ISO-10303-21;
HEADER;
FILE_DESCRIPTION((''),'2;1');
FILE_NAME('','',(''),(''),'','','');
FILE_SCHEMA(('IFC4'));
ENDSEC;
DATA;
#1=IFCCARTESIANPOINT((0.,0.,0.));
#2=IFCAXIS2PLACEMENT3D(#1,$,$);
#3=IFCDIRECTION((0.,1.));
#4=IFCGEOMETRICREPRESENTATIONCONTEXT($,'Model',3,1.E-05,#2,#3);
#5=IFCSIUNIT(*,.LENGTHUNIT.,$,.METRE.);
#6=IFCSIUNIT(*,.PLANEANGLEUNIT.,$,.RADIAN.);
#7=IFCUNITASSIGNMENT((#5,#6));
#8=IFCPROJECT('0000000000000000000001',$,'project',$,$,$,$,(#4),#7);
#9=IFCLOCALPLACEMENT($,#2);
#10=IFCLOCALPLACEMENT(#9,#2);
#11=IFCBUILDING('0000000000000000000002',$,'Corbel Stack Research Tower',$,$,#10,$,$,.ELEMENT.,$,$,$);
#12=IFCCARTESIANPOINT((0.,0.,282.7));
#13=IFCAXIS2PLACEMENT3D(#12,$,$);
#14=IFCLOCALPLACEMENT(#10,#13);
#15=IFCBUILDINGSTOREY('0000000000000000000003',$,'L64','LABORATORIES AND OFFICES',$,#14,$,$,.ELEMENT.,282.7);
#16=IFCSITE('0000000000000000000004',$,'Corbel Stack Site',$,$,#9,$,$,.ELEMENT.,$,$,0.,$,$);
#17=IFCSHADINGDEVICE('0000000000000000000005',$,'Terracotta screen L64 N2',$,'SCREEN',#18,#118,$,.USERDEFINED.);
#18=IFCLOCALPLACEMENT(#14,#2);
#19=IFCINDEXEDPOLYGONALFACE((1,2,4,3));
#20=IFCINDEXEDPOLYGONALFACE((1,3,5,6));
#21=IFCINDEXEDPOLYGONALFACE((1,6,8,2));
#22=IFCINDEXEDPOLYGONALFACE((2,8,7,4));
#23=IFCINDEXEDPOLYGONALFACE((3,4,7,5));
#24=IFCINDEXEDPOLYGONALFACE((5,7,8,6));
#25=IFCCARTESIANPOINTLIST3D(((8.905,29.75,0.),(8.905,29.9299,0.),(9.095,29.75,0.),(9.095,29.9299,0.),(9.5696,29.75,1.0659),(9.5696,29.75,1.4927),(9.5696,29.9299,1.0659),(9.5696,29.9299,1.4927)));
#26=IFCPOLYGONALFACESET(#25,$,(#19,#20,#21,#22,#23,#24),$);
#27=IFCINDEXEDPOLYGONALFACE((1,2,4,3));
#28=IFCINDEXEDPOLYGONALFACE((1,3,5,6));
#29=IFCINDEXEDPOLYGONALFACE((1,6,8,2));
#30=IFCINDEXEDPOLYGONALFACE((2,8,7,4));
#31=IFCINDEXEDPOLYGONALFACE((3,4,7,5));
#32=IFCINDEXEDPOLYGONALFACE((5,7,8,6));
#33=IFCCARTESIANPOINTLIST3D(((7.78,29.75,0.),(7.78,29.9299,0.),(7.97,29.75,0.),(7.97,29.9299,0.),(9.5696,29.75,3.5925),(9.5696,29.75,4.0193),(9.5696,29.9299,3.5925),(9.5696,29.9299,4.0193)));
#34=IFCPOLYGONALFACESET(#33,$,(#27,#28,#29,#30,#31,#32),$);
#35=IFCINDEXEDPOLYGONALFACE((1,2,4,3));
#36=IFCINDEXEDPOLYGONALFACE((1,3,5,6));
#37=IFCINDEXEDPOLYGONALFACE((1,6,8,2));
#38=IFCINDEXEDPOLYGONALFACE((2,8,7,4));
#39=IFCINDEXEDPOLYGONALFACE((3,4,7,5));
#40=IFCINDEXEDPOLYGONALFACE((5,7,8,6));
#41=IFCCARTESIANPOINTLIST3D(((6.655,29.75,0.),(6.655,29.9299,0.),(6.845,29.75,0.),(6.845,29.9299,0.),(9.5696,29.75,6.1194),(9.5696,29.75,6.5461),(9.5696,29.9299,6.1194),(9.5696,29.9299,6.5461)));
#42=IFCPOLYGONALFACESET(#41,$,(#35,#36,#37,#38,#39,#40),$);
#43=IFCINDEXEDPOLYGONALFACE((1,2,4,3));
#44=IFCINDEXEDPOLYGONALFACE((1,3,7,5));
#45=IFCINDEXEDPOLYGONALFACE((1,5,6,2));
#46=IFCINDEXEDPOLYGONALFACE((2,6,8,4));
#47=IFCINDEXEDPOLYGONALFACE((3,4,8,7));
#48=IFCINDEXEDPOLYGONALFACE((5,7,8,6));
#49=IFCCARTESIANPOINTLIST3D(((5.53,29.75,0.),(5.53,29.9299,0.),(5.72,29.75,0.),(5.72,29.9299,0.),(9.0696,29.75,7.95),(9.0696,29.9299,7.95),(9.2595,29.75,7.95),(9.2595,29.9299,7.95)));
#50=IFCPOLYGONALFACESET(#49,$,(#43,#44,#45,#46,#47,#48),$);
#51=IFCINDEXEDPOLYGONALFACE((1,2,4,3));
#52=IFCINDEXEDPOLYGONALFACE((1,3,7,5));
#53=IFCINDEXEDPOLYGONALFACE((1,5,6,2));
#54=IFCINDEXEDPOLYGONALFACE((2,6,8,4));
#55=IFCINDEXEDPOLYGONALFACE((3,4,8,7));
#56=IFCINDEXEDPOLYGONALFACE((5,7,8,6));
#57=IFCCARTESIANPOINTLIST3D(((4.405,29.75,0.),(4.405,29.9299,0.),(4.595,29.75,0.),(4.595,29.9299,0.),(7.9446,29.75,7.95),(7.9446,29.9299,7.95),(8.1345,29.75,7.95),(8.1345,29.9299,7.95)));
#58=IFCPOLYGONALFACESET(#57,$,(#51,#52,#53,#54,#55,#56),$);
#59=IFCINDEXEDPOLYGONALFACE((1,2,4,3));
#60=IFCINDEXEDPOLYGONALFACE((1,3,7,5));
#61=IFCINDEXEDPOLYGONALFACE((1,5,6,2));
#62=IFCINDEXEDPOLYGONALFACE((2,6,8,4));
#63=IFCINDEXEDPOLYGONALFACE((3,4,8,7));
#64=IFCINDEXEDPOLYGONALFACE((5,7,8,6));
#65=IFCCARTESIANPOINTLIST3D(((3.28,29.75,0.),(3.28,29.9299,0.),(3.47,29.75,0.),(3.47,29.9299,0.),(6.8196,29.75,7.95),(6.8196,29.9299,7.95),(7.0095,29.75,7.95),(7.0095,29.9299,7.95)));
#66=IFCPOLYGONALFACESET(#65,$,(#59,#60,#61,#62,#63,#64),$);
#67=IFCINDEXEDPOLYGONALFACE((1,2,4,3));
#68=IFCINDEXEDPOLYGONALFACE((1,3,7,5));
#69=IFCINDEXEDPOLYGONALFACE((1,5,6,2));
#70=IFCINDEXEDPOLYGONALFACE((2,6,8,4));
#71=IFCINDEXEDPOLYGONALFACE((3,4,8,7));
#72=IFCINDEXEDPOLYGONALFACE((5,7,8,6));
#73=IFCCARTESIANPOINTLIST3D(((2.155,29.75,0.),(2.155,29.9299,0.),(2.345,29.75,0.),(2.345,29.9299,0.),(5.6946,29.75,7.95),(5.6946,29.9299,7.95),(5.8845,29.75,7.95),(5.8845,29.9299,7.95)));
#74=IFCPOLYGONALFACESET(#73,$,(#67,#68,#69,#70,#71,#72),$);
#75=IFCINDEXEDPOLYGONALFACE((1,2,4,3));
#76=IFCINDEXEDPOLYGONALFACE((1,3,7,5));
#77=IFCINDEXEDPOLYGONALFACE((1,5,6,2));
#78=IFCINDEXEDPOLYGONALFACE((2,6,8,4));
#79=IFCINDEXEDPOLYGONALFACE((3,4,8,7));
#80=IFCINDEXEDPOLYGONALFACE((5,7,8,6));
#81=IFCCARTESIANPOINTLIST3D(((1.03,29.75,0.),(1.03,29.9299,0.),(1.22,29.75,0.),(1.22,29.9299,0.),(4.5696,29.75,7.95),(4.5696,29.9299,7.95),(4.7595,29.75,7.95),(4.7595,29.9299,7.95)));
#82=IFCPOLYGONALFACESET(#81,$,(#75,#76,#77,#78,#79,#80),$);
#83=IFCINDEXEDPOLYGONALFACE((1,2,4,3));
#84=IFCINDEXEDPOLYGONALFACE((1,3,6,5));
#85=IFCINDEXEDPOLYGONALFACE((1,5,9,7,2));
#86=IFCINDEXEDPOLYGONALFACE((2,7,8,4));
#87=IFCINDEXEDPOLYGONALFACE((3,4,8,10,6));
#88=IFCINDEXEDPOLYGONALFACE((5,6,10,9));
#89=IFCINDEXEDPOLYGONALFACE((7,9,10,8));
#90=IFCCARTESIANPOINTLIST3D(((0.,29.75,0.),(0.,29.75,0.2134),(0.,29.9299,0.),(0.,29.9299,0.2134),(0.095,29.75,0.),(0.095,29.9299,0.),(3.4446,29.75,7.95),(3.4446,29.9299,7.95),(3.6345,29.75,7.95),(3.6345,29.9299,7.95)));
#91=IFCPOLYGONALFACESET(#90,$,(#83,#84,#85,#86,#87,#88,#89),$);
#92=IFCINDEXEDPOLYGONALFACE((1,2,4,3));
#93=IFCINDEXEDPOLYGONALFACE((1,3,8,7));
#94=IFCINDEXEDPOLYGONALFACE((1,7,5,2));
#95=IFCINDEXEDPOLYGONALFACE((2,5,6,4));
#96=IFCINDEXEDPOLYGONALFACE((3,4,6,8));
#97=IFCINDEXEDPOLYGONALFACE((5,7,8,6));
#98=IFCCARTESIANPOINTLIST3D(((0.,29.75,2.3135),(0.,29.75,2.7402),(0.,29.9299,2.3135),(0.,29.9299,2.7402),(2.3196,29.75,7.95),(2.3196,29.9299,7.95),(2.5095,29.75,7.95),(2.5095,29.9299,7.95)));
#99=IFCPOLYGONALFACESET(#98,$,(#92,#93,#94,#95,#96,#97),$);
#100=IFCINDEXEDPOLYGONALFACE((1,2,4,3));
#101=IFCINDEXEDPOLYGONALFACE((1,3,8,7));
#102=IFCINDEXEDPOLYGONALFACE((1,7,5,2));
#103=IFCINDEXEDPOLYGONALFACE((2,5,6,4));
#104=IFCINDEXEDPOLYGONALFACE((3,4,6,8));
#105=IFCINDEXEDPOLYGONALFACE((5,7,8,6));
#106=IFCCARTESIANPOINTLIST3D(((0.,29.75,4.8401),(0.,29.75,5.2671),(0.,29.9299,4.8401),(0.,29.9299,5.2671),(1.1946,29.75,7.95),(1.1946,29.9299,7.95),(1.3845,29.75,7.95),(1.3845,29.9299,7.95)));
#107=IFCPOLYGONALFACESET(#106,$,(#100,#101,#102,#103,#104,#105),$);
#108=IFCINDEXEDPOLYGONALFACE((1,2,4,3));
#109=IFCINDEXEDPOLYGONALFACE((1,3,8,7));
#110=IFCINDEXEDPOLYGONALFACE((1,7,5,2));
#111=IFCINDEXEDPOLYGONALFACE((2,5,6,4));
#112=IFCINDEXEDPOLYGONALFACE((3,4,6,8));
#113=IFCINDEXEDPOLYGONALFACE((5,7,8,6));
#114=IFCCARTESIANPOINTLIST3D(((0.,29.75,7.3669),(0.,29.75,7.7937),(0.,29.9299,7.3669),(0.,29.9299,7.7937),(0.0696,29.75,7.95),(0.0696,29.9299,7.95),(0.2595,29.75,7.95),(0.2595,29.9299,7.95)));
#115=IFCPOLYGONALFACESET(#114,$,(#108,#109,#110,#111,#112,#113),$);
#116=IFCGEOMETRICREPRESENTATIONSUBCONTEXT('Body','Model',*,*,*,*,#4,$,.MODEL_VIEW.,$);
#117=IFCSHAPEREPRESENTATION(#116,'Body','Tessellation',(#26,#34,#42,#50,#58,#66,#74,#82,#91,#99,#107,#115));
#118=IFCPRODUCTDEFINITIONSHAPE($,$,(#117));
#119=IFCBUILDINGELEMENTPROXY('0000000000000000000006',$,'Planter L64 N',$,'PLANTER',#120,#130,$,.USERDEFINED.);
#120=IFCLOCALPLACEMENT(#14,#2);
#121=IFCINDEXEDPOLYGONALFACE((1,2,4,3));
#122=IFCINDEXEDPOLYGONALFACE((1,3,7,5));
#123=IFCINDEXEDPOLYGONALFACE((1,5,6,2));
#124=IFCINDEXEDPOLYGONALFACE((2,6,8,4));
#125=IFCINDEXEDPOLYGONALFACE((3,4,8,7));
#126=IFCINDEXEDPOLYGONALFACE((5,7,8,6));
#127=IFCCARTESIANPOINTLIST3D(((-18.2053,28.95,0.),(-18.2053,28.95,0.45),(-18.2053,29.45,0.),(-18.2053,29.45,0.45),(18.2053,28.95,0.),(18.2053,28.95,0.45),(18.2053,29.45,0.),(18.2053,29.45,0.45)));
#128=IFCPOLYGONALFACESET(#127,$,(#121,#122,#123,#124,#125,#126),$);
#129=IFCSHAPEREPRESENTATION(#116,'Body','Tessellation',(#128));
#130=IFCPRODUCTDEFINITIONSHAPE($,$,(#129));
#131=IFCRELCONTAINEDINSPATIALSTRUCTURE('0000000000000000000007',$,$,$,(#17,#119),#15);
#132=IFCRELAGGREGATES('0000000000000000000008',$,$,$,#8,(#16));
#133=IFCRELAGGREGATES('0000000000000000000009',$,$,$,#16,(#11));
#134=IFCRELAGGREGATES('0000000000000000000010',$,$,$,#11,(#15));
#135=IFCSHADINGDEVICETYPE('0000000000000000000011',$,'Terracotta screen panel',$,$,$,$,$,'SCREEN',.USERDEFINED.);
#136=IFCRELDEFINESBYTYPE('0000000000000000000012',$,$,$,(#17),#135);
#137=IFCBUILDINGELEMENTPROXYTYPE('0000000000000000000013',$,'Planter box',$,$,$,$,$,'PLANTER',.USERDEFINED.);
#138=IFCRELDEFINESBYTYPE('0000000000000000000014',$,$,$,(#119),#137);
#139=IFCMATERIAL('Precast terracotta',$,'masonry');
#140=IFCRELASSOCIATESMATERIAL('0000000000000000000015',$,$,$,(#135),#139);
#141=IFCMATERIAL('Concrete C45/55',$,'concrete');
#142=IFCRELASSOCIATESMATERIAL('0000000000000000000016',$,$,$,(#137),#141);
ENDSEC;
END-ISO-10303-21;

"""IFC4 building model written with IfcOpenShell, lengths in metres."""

from ifc_helpers import new_model, si_unit, direction, frame, origin, origin_2d, place, context, subcontext, project, spatial, polyline, rectangle, outline, extrude, source, transform, mapped, material, type_object, element, save


model = new_model("IFC4")

# Units and contexts
model_context = context("Model", 3, precision=1e-05, world=origin(), true_north=direction((0.0, 1.0)))
body_context = subcontext(model_context, "Body", "Model", "MODEL_VIEW")
ifc_project = project(units=[si_unit("LENGTHUNIT", "METRE"), si_unit("PLANEANGLEUNIT", "RADIAN")], contexts=[model_context])

# Site, building, storey
site_placement = place(None, origin())
site = spatial("IfcSite", under=ifc_project, at=site_placement, Name="Corbel Stack Site", CompositionType="ELEMENT", RefElevation=0.0)
building_placement = place(site_placement, origin())
building = spatial("IfcBuilding", under=site, at=building_placement, Name="Corbel Stack Research Tower", CompositionType="ELEMENT")
storey_placement = place(building_placement, frame((0.0, 0.0, 282.7)))
storey = spatial("IfcBuildingStorey", under=building, at=storey_placement, Name="L64", Description="LABORATORIES AND OFFICES", CompositionType="ELEMENT", Elevation=282.7)

# Shading device
ifc_material_1 = material(Name="Precast terracotta", Category="masonry")
shading_device_type = type_object("IfcShadingDeviceType", Name="Terracotta screen panel", ElementType="SCREEN", PredefinedType="USERDEFINED", material=ifc_material_1)
shared_shape = source(origin(), body_context, "Body", "SweptSolid", [
    extrude(outline(polyline([(0.6646, 0.0), (0.0, 1.4927), (0.0, 1.0659), (0.4746, 0.0), (0.6646, 0.0)])), frame((0.0, 0.0, 0.0), z_axis=(0.0, -1.0, 0.0), x_axis=(1.0, 0.0, 0.0)), (0.0, 0.0, 1.0), 0.1799),
    extrude(outline(polyline([(1.7896, 0.0), (0.0, 4.0193), (0.0, 3.5925), (1.5996, 0.0), (1.7896, 0.0)])), frame((0.0, 0.0, 0.0), z_axis=(0.0, -1.0, 0.0), x_axis=(1.0, 0.0, 0.0)), (0.0, 0.0, 1.0), 0.1799),
    extrude(outline(polyline([(2.9146, 0.0), (0.0, 6.5461), (0.0, 6.1194), (2.7246, 0.0), (2.9146, 0.0)])), frame((0.0, 0.0, 0.0), z_axis=(0.0, -1.0, 0.0), x_axis=(1.0, 0.0, 0.0)), (0.0, 0.0, 1.0), 0.1799),
    extrude(outline(polyline([(4.0396, 0.0), (0.5, 7.95), (0.3101, 7.95), (3.8496, 0.0), (4.0396, 0.0)])), frame((0.0, 0.0, 0.0), z_axis=(0.0, -1.0, 0.0), x_axis=(1.0, 0.0, 0.0)), (0.0, 0.0, 1.0), 0.1799),
    extrude(outline(polyline([(5.1646, 0.0), (1.625, 7.95), (1.4351, 7.95), (4.9746, 0.0), (5.1646, 0.0)])), frame((0.0, 0.0, 0.0), z_axis=(0.0, -1.0, 0.0), x_axis=(1.0, 0.0, 0.0)), (0.0, 0.0, 1.0), 0.1799),
    extrude(outline(polyline([(6.2896, 0.0), (2.75, 7.95), (2.5601, 7.95), (6.0996, 0.0), (6.2896, 0.0)])), frame((0.0, 0.0, 0.0), z_axis=(0.0, -1.0, 0.0), x_axis=(1.0, 0.0, 0.0)), (0.0, 0.0, 1.0), 0.1799),
    extrude(outline(polyline([(7.4146, 0.0), (3.875, 7.95), (3.6851, 7.95), (7.2246, 0.0), (7.4146, 0.0)])), frame((0.0, 0.0, 0.0), z_axis=(0.0, -1.0, 0.0), x_axis=(1.0, 0.0, 0.0)), (0.0, 0.0, 1.0), 0.1799),
    extrude(outline(polyline([(8.5396, 0.0), (5.0, 7.95), (4.8101, 7.95), (8.3496, 0.0), (8.5396, 0.0)])), frame((0.0, 0.0, 0.0), z_axis=(0.0, -1.0, 0.0), x_axis=(1.0, 0.0, 0.0)), (0.0, 0.0, 1.0), 0.1799),
    extrude(outline(polyline([(9.5696, 0.0), (9.5696, 0.2134), (6.125, 7.95), (5.9351, 7.95), (9.4746, 0.0), (9.5696, 0.0)])), frame((0.0, 0.0, 0.0), z_axis=(0.0, -1.0, 0.0), x_axis=(1.0, 0.0, 0.0)), (0.0, 0.0, 1.0), 0.1799),
    extrude(outline(polyline([(7.25, 7.95), (7.0601, 7.95), (9.5696, 2.3135), (9.5696, 2.7402), (7.25, 7.95)])), frame((0.0, 0.0, 0.0), z_axis=(0.0, -1.0, 0.0), x_axis=(1.0, 0.0, 0.0)), (0.0, 0.0, 1.0), 0.1799),
    extrude(outline(polyline([(8.375, 7.95), (8.1851, 7.95), (9.5696, 4.8401), (9.5696, 5.2671), (8.375, 7.95)])), frame((0.0, 0.0, 0.0), z_axis=(0.0, -1.0, 0.0), x_axis=(1.0, 0.0, 0.0)), (0.0, 0.0, 1.0), 0.1799),
    extrude(outline(polyline([(9.5, 7.95), (9.3101, 7.95), (9.5696, 7.3669), (9.5696, 7.7937), (9.5, 7.95)])), frame((0.0, 0.0, 0.0), z_axis=(0.0, -1.0, 0.0), x_axis=(1.0, 0.0, 0.0)), (0.0, 0.0, 1.0), 0.1799),
])
shading_device_placement = place(storey_placement, frame((9.5696, 29.75, 0.0), z_axis=(0.0, 0.0, 1.0), x_axis=(-1.0, 0.0, 0.0)))
element("IfcShadingDevice", 1, at=shading_device_placement, inside=storey, type_object=shading_device_type, Name="Terracotta screen L64 N2", ObjectType="SCREEN", PredefinedType="USERDEFINED", context=body_context, shape_type="MappedRepresentation", body=[
    mapped(shared_shape, transform((0.0, 0.0, 0.0))),
])

# Building element proxy
ifc_material_2 = material(Name="Concrete C45/55", Category="concrete")
building_element_proxy_type = type_object("IfcBuildingElementProxyType", Name="Planter box", ElementType="PLANTER", PredefinedType="USERDEFINED", material=ifc_material_2)
proxy_placement = place(storey_placement, frame((0.0, 29.2, 0.0), z_axis=(0.0, 0.0, 1.0), x_axis=(-1.0, 0.0, 0.0)))
element("IfcBuildingElementProxy", 2, at=proxy_placement, inside=storey, type_object=building_element_proxy_type, Name="Planter L64 N", ObjectType="PLANTER", PredefinedType="USERDEFINED", context=body_context, shape_type="SweptSolid", body=[
    extrude(rectangle(XDim=36.4106, YDim=0.5, at=origin_2d()), origin(), (0.0, 0.0, 1.0), 0.45),
])

save(model, "model.ifc")
